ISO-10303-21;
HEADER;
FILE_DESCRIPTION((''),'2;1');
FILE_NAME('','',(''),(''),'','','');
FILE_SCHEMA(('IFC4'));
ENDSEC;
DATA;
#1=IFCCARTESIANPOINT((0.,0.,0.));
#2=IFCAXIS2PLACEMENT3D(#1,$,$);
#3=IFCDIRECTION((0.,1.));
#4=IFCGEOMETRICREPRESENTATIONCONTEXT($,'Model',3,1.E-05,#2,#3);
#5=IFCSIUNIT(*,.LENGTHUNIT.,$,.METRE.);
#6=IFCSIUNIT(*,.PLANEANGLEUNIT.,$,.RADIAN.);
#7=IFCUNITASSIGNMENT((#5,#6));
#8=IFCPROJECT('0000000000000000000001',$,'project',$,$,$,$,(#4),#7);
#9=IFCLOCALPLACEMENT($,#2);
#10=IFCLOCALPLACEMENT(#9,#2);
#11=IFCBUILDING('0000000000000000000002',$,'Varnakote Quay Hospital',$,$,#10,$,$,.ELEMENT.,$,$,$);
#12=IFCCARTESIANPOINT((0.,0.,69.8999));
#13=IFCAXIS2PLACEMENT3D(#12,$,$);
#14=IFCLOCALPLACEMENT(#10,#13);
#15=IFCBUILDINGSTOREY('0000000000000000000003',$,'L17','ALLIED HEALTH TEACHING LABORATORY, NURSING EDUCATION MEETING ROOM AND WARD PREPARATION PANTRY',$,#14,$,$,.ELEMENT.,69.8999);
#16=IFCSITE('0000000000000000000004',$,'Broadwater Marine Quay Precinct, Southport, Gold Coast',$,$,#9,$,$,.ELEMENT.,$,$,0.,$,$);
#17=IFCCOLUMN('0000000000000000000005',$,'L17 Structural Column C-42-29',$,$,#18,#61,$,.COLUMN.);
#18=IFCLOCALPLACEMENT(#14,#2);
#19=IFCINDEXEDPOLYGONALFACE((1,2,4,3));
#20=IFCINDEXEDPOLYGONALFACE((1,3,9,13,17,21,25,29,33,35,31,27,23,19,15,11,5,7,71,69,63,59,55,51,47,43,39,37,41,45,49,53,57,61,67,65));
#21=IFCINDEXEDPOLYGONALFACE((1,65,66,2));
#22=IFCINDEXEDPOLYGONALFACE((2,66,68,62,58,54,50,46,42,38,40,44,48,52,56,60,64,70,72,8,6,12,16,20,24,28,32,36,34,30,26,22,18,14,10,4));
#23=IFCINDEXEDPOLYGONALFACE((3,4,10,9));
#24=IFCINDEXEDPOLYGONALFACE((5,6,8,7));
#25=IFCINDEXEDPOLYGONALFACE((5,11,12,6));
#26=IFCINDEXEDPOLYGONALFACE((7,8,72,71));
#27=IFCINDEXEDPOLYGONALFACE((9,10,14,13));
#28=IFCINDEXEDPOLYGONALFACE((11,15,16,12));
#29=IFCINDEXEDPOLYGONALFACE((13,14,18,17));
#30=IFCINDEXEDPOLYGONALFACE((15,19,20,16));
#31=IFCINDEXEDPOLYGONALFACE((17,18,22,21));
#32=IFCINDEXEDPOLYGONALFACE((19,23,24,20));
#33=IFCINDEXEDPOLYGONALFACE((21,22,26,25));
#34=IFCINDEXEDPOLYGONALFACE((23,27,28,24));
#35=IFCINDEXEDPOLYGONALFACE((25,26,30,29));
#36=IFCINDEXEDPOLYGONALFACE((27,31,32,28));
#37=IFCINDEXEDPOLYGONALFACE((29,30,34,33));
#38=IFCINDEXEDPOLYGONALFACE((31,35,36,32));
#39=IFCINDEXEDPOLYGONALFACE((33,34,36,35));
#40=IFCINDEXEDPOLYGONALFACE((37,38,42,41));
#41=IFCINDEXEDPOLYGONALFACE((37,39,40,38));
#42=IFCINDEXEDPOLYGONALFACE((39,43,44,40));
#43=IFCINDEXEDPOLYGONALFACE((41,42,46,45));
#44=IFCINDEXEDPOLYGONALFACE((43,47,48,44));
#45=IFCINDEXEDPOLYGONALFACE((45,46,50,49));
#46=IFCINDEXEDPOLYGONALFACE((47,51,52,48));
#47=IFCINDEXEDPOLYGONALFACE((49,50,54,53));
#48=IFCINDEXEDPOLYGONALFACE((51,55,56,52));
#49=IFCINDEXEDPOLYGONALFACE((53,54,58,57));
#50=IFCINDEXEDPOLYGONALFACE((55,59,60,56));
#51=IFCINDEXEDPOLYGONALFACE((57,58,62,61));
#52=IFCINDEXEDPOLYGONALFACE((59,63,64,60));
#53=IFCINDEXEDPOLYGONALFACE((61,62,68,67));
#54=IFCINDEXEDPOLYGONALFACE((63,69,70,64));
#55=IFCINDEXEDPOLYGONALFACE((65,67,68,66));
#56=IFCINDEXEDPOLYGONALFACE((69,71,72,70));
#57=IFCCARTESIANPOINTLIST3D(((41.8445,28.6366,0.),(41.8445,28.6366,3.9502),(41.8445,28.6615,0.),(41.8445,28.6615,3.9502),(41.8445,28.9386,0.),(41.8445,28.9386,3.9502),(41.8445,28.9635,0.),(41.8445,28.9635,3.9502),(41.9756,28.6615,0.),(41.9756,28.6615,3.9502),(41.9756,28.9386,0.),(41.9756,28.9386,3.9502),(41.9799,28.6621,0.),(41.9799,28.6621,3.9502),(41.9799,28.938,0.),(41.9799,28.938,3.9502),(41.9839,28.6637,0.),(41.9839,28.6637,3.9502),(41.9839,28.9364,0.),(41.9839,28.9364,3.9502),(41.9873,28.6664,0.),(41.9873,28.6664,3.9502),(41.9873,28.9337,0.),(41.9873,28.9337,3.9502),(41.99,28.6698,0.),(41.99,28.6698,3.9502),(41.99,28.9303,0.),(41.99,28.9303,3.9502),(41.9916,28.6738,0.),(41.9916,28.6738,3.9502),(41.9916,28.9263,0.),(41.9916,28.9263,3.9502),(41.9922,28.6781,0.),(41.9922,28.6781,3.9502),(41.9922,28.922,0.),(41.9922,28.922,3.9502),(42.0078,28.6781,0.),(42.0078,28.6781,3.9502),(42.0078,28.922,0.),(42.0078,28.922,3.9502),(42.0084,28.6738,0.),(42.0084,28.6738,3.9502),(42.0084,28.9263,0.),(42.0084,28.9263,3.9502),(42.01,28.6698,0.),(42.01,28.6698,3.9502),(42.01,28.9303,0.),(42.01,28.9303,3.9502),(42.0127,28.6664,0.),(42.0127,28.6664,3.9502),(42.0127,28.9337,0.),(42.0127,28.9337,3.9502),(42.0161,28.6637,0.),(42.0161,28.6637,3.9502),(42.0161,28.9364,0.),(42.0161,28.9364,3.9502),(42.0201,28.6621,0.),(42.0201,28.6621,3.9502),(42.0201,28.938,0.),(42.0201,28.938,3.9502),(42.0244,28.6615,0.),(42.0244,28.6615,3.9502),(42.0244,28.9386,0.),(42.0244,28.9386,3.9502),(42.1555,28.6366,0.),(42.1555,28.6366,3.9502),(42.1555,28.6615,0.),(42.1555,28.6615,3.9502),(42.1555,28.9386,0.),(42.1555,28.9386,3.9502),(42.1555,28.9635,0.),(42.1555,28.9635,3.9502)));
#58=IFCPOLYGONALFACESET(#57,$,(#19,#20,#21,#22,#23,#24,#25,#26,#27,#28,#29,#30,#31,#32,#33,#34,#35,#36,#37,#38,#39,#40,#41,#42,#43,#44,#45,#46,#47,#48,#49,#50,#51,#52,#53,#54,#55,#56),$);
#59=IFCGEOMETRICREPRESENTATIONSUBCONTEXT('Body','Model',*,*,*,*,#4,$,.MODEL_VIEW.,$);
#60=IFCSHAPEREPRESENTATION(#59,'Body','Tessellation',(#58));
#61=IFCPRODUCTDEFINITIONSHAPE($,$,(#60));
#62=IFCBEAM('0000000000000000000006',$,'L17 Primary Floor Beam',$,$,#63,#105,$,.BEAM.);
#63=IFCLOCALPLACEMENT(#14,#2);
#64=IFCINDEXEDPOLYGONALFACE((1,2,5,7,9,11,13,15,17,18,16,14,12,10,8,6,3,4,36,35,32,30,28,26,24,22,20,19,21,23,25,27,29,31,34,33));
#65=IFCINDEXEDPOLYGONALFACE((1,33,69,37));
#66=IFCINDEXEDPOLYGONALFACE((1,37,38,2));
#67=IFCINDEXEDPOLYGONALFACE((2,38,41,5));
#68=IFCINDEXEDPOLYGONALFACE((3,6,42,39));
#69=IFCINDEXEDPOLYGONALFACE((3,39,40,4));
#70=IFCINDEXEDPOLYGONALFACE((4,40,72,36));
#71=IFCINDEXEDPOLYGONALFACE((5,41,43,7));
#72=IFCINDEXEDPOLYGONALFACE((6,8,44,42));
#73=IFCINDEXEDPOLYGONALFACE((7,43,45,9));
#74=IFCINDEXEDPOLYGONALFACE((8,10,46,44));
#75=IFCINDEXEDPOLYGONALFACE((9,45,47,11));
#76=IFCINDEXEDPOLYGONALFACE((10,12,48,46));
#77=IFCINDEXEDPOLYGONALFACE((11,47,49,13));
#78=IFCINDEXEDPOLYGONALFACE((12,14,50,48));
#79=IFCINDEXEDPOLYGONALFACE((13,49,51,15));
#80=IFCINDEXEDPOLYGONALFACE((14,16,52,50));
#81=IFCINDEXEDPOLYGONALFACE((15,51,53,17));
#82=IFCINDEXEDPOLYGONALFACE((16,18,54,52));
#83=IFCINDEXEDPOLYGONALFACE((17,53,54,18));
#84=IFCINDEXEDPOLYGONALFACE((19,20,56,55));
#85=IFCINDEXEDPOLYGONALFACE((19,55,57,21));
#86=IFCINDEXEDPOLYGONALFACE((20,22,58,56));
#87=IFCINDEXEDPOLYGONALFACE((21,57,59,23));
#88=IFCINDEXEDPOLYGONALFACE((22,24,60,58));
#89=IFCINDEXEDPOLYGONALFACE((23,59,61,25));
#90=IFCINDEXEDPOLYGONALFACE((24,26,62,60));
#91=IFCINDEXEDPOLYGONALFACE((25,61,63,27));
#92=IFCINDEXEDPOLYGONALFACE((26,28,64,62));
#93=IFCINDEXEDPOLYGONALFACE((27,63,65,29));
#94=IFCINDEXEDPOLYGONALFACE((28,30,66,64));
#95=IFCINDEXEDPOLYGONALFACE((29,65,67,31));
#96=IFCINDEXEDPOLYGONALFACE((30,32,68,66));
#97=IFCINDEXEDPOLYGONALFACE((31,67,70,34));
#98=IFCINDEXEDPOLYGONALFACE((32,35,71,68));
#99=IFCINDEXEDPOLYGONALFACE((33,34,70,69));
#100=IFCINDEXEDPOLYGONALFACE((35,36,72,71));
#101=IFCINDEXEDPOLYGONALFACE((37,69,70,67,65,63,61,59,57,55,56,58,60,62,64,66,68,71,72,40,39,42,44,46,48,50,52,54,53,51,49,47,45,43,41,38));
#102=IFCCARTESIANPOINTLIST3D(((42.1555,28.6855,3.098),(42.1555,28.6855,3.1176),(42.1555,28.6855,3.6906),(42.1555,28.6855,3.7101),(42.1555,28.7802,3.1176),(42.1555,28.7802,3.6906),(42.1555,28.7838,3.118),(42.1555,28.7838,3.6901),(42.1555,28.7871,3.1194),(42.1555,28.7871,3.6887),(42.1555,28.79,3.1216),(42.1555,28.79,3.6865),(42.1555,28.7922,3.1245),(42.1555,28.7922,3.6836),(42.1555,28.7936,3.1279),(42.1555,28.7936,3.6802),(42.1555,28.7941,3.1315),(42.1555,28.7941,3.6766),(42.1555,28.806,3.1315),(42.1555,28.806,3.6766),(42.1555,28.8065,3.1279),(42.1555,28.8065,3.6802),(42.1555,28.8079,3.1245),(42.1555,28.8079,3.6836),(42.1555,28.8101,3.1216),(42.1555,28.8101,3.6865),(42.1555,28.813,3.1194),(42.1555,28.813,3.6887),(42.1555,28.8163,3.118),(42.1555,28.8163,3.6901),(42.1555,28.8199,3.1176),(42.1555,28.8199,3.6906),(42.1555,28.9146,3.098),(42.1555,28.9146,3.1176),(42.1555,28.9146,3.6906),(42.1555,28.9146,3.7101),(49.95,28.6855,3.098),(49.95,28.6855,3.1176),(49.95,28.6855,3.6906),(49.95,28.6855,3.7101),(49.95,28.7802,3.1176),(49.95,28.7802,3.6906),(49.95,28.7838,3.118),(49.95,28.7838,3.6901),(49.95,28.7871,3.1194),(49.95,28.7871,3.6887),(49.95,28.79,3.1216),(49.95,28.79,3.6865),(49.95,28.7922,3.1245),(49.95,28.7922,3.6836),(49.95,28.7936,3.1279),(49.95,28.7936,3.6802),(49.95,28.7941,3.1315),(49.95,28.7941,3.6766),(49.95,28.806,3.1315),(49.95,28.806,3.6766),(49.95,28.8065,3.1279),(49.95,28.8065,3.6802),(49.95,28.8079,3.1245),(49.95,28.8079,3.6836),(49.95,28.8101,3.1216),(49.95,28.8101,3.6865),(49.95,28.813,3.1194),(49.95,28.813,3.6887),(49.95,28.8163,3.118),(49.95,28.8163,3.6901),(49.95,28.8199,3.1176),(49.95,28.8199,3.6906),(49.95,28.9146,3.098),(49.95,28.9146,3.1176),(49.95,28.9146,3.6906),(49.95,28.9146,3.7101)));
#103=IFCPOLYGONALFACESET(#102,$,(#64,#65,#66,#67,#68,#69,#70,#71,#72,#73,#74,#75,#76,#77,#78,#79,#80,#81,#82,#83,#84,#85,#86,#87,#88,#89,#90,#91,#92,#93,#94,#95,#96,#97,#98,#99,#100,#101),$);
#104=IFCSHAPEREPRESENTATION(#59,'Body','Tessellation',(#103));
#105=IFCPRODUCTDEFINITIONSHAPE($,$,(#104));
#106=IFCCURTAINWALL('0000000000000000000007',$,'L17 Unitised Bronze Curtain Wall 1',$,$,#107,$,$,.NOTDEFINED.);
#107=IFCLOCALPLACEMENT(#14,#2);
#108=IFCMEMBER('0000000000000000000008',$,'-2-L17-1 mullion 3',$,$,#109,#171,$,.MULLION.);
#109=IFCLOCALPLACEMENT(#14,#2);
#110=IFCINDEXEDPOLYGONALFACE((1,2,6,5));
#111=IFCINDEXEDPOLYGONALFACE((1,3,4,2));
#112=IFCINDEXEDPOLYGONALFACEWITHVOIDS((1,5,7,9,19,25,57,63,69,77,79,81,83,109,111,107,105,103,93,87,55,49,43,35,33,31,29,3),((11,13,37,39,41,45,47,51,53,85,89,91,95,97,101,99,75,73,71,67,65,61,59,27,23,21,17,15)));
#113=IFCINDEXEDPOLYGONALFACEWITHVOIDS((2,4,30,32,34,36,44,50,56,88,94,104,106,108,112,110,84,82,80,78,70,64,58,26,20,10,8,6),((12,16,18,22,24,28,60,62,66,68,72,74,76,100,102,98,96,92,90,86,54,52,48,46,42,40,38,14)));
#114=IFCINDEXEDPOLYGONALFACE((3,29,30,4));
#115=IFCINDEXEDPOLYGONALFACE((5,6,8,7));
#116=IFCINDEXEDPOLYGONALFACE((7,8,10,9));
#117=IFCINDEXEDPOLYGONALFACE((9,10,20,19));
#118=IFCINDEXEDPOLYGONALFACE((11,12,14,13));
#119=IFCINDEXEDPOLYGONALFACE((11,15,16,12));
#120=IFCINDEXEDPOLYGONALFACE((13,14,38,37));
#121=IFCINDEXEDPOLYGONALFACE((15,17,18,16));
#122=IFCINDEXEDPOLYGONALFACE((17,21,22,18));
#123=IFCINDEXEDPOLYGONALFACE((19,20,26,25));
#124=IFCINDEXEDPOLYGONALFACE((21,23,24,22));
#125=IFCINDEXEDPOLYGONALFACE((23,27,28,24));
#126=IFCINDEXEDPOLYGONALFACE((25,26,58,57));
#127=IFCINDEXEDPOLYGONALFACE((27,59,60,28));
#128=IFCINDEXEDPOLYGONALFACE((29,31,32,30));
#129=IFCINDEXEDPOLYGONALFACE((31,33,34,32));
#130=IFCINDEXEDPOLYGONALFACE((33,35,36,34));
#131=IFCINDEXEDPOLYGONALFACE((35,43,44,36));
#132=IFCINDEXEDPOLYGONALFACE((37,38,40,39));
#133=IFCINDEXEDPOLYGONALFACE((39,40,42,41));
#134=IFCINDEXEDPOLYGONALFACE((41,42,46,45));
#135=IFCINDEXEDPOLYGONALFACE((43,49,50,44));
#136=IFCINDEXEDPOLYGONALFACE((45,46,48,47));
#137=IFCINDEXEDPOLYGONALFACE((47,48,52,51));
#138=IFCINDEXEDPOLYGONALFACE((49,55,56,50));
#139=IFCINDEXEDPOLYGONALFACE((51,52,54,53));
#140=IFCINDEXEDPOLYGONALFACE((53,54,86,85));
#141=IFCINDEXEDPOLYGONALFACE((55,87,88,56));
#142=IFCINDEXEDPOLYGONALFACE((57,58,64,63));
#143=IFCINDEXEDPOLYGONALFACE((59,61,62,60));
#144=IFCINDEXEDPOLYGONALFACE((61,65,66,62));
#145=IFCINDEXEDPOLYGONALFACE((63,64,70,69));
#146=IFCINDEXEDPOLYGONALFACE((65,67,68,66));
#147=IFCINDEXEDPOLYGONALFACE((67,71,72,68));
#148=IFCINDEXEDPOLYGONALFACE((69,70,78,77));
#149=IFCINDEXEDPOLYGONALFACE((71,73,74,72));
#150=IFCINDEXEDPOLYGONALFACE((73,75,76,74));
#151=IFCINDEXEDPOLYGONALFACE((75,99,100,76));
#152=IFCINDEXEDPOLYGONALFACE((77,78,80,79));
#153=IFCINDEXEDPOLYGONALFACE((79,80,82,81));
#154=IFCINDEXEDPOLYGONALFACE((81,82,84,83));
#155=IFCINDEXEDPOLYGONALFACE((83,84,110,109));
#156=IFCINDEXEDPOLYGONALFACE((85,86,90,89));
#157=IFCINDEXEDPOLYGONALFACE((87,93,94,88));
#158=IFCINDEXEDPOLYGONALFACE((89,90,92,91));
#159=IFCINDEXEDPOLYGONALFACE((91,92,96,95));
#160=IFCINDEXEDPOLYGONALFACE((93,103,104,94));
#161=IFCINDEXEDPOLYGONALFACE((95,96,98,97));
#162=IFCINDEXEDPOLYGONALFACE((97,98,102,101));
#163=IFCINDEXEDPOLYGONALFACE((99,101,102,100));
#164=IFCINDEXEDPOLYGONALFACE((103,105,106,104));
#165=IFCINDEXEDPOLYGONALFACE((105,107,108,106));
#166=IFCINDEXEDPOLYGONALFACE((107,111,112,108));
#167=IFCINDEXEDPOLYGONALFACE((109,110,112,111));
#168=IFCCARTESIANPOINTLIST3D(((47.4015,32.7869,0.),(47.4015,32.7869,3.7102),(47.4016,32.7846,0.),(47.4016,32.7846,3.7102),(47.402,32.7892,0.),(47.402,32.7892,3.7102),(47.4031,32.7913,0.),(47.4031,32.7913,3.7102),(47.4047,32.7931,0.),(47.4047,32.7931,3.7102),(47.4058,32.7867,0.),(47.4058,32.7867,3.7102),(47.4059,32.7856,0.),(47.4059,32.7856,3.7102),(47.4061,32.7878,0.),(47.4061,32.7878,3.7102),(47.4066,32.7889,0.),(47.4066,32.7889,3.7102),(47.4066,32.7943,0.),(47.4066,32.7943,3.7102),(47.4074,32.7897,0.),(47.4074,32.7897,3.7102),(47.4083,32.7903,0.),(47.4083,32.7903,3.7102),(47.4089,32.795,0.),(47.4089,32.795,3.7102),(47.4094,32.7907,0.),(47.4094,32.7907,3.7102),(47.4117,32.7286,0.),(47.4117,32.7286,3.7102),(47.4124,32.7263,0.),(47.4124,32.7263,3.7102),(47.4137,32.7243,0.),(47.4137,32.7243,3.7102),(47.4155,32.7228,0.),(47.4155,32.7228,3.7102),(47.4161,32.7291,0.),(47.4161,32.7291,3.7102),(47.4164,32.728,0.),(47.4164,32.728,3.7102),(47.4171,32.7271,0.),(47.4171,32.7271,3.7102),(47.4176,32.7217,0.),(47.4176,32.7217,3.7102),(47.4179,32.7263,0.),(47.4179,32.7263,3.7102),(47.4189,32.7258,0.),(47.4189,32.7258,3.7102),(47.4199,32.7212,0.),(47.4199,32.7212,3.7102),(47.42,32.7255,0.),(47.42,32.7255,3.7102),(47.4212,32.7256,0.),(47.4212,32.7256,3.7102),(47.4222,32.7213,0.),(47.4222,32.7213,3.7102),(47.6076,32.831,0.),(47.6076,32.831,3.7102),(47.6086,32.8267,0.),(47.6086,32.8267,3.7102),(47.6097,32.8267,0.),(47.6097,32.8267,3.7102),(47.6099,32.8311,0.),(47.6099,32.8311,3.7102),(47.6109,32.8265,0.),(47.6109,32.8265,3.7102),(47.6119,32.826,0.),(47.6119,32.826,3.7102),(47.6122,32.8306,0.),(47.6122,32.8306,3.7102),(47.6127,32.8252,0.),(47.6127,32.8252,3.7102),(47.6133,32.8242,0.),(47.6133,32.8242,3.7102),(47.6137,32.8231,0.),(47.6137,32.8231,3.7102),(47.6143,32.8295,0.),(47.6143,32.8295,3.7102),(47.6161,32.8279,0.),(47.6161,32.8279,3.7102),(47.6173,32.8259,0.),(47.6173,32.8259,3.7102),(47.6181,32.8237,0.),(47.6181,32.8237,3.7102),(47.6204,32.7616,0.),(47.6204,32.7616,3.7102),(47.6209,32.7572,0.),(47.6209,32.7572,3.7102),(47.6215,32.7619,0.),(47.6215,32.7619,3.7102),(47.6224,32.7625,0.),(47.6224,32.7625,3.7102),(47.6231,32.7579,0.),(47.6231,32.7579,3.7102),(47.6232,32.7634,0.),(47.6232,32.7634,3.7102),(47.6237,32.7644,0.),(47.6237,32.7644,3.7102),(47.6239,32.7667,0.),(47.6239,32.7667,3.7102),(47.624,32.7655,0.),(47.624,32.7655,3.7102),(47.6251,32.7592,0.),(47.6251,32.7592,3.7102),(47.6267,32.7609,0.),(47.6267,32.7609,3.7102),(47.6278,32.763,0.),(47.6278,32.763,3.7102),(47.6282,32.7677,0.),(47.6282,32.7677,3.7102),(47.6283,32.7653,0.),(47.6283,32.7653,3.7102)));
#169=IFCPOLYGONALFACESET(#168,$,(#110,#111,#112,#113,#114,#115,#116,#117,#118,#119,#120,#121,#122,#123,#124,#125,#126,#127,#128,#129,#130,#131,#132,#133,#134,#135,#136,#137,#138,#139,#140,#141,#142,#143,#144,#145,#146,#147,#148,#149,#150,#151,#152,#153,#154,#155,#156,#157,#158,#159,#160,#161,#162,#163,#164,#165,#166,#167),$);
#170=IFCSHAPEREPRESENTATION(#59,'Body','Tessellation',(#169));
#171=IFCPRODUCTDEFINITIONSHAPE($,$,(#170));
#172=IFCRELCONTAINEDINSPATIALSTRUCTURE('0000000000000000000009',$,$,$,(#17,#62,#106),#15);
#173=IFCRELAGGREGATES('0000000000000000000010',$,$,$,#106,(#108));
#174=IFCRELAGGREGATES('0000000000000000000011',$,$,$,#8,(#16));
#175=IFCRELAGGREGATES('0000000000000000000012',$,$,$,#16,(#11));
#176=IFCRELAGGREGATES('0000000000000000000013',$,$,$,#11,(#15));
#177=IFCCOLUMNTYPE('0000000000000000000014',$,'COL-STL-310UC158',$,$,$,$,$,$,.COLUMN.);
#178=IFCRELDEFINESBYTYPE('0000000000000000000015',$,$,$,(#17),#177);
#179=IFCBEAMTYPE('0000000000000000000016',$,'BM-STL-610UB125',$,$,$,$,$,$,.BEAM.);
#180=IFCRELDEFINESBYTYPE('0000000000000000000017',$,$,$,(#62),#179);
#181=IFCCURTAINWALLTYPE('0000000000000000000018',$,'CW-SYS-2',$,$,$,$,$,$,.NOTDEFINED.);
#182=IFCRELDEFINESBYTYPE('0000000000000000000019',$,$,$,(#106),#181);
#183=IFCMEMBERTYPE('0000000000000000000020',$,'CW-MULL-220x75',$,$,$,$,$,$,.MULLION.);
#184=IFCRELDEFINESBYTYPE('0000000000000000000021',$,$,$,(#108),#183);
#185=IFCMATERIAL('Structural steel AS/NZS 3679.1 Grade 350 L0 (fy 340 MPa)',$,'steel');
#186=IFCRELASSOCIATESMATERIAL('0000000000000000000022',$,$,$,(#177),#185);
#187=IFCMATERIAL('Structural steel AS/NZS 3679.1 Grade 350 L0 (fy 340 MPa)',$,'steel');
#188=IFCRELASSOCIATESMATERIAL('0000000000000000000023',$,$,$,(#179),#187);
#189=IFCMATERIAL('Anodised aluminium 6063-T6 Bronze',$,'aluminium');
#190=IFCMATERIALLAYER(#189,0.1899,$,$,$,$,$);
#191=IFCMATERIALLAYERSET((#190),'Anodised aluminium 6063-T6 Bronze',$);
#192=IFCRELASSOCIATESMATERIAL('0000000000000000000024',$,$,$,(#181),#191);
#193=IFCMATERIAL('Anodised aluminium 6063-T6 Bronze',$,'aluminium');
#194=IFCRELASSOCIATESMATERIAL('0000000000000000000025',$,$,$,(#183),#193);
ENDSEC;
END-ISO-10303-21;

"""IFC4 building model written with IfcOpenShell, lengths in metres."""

from ifc_helpers import new_model, si_unit, direction, frame, origin, origin_2d, place, context, subcontext, project, spatial, hollow_rectangle, i_section, extrude, material, layer, layer_set, material_profile, profile_set, type_object, element, aggregate, save


model = new_model("IFC4")

# Units and contexts
model_context = context("Model", 3, precision=1e-05, world=origin(), true_north=direction((0.0, 1.0)))
body_context = subcontext(model_context, "Body", "Model", "MODEL_VIEW")
ifc_project = project(units=[si_unit("LENGTHUNIT", "METRE"), si_unit("PLANEANGLEUNIT", "RADIAN")], contexts=[model_context])

# Site, building, storey
site_placement = place(None, origin())
site = spatial("IfcSite", under=ifc_project, at=site_placement, Name="Broadwater Marine Quay Precinct, Southport, Gold Coast", CompositionType="ELEMENT", RefElevation=0.0)
building_placement = place(site_placement, origin())
building = spatial("IfcBuilding", under=site, at=building_placement, Name="Varnakote Quay Hospital", CompositionType="ELEMENT")
storey_placement = place(building_placement, frame((0.0, 0.0, 69.8999)))
storey = spatial("IfcBuildingStorey", under=building, at=storey_placement, Name="L17", Description="ALLIED HEALTH TEACHING LABORATORY, NURSING EDUCATION MEETING ROOM AND WARD PREPARATION PANTRY", CompositionType="ELEMENT", Elevation=69.8999)

# Column
ifc_material_1 = material(Name="Structural steel AS/NZS 3679.1 Grade 350 L0 (fy 340 MPa)", Category="steel")
ifc_material_profile_1 = material_profile(ifc_material_1, i_section(OverallWidth=0.311, OverallDepth=0.3269, WebThickness=0.0156, FlangeThickness=0.0249, FilletRadius=0.0166, at=origin_2d()), Name="310UC158")
ifc_profile_set_1 = profile_set([ifc_material_profile_1], Name="Structural steel AS/NZS 3679.1 Grade 350 L0 (fy 340 MPa)")
column_type = type_object("IfcColumnType", Name="COL-STL-310UC158", PredefinedType="COLUMN", material=ifc_profile_set_1)
column_placement = place(storey_placement, frame((42.0, 28.8, 0.0), z_axis=(0.0, 0.0, 1.0), x_axis=(1.0, 0.0, 0.0)))
element("IfcColumn", 1, at=column_placement, inside=storey, type_object=column_type, Name="L17 Structural Column C-42-29", PredefinedType="COLUMN", context=body_context, shape_type="SweptSolid", body=[
    extrude(i_section(OverallWidth=0.311, OverallDepth=0.3269, WebThickness=0.0156, FlangeThickness=0.0249, FilletRadius=0.0166, at=origin_2d()), origin(), (0.0, 0.0, 1.0), 3.9502),
])

# Beam
ifc_material_2 = material(Name="Structural steel AS/NZS 3679.1 Grade 350 L0 (fy 340 MPa)", Category="steel")
ifc_material_profile_2 = material_profile(ifc_material_2, i_section(OverallWidth=0.229, OverallDepth=0.6121, WebThickness=0.012, FlangeThickness=0.0195, FilletRadius=0.0139, at=origin_2d()), Name="610UB125")
ifc_profile_set_2 = profile_set([ifc_material_profile_2], Name="Structural steel AS/NZS 3679.1 Grade 350 L0 (fy 340 MPa)")
beam_type_1 = type_object("IfcBeamType", Name="BM-STL-610UB125", PredefinedType="BEAM", material=ifc_profile_set_2)
beam_1_placement = place(storey_placement, frame((42.1555, 28.8, 3.4041), z_axis=(1.0, 0.0, 0.0), x_axis=(0.0, 1.0, 0.0)))
element("IfcBeam", 2, at=beam_1_placement, inside=storey, type_object=beam_type_1, Name="L17 Primary Floor Beam", PredefinedType="BEAM", context=body_context, shape_type="SweptSolid", body=[
    extrude(i_section(OverallWidth=0.229, OverallDepth=0.6121, WebThickness=0.012, FlangeThickness=0.0195, FilletRadius=0.0139, at=origin_2d()), origin(), (0.0, 0.0, 1.0), 7.7944),
])

# Curtain wall, member
ifc_material_3 = material(Name="Anodised aluminium 6063-T6 Bronze", Category="aluminium")
ifc_layer_1 = layer(ifc_material_3, 0.1899)
ifc_layer_set_1 = layer_set([ifc_layer_1], Name="Anodised aluminium 6063-T6 Bronze")
curtain_wall_type = type_object("IfcCurtainWallType", Name="CW-SYS-2", PredefinedType="NOTDEFINED", material=ifc_layer_set_1)
curtain_wall_placement = place(storey_placement, origin())
curtain_wall = element("IfcCurtainWall", 3, at=curtain_wall_placement, inside=storey, type_object=curtain_wall_type, Name="L17 Unitised Bronze Curtain Wall 1", PredefinedType="NOTDEFINED")
ifc_material_4 = material(Name="Anodised aluminium 6063-T6 Bronze", Category="aluminium")
ifc_material_profile_3 = material_profile(ifc_material_4, hollow_rectangle(XDim=0.075, YDim=0.22, WallThickness=0.0044, InnerFilletRadius=0.0044, OuterFilletRadius=0.009, at=origin_2d()), Name="CW-MULL-220x75")
ifc_profile_set_3 = profile_set([ifc_material_profile_3], Name="Anodised aluminium 6063-T6 Bronze")
member_type_1 = type_object("IfcMemberType", Name="CW-MULL-220x75", PredefinedType="MULLION", material=ifc_profile_set_3)
member_1_placement = place(storey_placement, frame((47.5149, 32.7761, 0.0), z_axis=(0.0, 0.0, 1.0), x_axis=(0.177846, -0.984058, 0.0)))
member_1 = element("IfcMember", 4, at=member_1_placement, type_object=member_type_1, Name="-2-L17-1 mullion 3", PredefinedType="MULLION", context=body_context, shape_type="SweptSolid", body=[
    extrude(hollow_rectangle(XDim=0.075, YDim=0.22, WallThickness=0.0044, InnerFilletRadius=0.0044, OuterFilletRadius=0.009, at=origin_2d()), origin(), (0.0, 0.0, 1.0), 3.7102),
])

aggregate(curtain_wall, [member_1])

save(model, "model.ifc")
